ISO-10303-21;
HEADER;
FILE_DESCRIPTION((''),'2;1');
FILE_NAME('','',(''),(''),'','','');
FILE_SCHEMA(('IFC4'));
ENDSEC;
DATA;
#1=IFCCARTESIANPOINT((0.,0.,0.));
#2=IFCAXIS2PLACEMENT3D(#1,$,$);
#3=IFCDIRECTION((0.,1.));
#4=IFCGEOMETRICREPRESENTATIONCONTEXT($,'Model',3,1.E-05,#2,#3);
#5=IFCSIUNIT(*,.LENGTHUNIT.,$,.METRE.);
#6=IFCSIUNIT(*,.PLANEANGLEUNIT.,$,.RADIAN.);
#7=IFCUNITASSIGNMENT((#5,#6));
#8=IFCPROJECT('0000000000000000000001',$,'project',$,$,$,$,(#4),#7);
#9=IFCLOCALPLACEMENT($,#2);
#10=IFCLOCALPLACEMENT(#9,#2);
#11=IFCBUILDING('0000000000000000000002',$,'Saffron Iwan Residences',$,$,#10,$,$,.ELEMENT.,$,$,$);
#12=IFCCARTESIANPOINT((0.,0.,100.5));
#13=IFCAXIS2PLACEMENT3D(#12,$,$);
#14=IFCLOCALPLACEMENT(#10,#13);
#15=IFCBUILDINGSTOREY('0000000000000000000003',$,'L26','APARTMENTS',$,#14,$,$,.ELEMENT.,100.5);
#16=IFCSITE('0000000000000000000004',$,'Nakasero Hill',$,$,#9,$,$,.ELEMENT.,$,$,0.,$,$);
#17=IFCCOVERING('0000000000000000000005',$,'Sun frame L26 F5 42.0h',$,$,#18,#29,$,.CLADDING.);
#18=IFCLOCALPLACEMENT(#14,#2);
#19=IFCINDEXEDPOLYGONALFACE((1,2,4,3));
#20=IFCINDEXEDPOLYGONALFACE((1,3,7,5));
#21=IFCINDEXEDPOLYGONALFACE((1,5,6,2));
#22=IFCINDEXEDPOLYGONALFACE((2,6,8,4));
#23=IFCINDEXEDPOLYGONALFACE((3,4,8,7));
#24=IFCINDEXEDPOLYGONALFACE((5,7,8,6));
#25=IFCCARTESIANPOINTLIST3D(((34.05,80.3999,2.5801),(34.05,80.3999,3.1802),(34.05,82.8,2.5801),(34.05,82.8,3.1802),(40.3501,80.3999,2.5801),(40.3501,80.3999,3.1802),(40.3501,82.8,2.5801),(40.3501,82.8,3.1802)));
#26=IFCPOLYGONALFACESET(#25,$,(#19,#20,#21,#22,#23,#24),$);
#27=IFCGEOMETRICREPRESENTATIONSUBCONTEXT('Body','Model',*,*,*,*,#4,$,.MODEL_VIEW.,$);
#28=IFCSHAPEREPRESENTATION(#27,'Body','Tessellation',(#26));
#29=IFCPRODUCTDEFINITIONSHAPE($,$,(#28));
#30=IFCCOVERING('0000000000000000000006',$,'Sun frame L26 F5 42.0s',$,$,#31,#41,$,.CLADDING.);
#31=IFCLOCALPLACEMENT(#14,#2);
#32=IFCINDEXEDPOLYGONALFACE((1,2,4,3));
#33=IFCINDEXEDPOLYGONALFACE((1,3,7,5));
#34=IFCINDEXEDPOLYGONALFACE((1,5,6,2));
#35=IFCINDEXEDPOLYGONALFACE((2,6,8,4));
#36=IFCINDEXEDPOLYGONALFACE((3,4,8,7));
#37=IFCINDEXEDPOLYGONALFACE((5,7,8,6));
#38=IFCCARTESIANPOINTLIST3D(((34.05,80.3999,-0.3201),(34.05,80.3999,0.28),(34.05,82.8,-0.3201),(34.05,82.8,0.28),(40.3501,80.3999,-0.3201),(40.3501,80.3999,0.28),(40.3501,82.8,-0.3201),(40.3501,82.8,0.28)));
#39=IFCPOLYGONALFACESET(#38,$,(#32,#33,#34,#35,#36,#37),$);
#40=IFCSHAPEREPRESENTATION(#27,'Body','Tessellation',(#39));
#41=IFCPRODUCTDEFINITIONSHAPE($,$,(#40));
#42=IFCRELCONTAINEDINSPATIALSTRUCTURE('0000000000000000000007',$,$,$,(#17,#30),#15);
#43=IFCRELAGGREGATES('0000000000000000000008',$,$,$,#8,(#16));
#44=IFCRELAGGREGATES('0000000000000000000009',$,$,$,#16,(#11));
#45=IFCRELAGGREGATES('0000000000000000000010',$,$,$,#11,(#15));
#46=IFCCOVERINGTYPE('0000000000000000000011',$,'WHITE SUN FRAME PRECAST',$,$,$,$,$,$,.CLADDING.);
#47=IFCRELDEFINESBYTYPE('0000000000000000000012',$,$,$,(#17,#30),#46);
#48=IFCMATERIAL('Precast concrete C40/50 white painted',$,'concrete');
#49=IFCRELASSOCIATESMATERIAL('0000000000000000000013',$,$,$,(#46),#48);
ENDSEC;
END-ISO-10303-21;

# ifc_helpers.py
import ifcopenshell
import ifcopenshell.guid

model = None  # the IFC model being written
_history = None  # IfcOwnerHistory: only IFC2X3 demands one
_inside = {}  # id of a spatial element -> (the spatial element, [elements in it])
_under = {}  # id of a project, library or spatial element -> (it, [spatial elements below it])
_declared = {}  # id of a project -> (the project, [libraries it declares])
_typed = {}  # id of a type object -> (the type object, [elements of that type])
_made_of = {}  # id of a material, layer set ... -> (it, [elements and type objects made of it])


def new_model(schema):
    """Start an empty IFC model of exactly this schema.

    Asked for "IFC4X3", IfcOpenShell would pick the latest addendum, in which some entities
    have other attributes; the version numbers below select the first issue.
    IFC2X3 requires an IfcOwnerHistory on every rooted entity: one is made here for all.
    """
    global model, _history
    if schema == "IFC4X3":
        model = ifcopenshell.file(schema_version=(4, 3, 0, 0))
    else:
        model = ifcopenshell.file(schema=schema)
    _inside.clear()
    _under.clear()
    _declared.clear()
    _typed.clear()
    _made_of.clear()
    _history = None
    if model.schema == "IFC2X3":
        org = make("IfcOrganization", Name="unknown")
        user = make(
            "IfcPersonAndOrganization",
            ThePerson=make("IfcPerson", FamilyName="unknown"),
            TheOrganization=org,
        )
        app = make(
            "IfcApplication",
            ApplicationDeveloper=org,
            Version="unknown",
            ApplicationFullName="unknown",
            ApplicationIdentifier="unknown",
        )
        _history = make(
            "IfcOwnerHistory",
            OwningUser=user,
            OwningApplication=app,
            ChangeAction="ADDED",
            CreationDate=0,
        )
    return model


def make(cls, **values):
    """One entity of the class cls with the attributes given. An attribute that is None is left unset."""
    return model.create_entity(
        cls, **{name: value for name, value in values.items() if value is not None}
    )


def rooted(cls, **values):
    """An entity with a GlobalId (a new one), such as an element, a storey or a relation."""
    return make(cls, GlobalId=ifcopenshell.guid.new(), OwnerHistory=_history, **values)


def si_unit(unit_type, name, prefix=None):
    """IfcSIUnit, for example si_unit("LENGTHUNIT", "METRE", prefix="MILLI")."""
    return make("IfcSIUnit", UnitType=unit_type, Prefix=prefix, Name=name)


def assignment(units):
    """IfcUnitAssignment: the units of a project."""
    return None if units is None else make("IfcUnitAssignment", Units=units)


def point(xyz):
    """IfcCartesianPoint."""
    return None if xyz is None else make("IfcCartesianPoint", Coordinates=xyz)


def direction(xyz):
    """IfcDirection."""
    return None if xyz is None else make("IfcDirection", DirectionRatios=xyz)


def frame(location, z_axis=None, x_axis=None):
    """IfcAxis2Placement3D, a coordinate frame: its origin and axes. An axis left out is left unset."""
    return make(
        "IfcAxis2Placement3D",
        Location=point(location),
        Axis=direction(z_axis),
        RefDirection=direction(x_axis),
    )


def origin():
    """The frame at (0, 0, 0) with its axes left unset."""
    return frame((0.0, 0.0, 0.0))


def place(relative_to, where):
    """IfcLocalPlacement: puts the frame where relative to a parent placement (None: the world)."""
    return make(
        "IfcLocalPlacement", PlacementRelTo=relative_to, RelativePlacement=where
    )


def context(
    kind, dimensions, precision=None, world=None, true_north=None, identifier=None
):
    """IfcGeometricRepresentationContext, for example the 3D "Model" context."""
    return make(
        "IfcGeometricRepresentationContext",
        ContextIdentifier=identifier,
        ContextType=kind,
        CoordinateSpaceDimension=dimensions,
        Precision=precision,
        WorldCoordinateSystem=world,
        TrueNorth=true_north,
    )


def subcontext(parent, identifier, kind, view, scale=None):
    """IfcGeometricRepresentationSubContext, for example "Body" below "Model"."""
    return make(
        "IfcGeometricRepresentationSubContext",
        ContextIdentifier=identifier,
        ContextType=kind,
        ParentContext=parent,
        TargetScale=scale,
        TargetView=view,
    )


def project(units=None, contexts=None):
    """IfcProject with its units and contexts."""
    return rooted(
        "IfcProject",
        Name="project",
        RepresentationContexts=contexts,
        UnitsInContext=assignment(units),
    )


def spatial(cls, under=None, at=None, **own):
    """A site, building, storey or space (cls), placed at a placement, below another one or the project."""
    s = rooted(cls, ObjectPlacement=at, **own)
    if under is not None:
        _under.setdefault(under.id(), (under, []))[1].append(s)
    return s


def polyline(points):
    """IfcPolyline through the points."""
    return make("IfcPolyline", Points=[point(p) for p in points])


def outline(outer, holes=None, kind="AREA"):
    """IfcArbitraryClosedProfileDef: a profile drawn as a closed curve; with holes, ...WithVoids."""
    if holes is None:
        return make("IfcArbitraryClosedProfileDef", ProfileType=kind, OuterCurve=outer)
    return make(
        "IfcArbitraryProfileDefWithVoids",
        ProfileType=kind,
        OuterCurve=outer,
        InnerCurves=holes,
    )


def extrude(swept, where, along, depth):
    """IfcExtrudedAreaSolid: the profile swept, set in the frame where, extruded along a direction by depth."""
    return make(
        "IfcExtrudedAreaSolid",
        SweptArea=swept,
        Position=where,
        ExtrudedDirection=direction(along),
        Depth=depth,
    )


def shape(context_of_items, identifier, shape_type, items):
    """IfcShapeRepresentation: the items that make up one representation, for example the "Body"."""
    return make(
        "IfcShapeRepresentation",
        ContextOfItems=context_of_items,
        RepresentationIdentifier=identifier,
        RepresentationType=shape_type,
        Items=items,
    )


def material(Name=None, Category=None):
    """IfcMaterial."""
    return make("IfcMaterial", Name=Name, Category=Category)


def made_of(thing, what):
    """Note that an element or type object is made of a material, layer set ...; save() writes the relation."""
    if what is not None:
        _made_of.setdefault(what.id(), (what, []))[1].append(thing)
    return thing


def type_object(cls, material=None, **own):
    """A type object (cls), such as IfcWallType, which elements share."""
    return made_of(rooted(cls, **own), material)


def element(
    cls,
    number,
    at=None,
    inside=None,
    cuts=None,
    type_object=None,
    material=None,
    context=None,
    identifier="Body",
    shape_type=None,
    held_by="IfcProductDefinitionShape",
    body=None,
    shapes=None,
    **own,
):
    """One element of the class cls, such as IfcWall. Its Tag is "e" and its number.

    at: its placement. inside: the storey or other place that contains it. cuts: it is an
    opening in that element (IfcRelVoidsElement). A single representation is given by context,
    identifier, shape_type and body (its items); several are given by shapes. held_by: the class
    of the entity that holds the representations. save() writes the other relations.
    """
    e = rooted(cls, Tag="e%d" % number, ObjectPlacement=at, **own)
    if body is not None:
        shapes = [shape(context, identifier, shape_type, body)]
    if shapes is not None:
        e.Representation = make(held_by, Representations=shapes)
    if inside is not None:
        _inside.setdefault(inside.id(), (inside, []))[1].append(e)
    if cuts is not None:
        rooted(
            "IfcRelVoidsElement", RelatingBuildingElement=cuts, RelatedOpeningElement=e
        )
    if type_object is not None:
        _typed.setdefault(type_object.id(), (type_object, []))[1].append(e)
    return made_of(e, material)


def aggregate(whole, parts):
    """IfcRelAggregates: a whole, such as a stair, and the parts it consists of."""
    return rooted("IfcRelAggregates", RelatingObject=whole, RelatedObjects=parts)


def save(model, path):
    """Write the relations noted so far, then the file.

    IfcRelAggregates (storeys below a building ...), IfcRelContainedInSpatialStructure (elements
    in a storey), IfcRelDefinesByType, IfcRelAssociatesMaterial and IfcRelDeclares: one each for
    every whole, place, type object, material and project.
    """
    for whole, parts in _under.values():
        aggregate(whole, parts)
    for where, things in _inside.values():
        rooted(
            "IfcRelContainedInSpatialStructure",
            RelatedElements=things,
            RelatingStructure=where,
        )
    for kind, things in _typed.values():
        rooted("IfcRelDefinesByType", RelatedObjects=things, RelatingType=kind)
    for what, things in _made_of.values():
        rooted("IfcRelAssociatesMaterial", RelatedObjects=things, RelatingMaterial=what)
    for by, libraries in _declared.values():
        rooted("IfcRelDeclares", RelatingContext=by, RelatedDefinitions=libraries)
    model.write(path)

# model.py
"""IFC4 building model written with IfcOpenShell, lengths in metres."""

from ifc_helpers import new_model, si_unit, direction, frame, origin, place, context, subcontext, project, spatial, polyline, outline, extrude, material, type_object, element, save


model = new_model("IFC4")

# Units and contexts
model_context = context("Model", 3, precision=1e-05, world=origin(), true_north=direction((0.0, 1.0)))
body_context = subcontext(model_context, "Body", "Model", "MODEL_VIEW")
ifc_project = project(units=[si_unit("LENGTHUNIT", "METRE"), si_unit("PLANEANGLEUNIT", "RADIAN")], contexts=[model_context])

# Site, building, storey
site_placement = place(None, origin())
site = spatial("IfcSite", under=ifc_project, at=site_placement, Name="Nakasero Hill", CompositionType="ELEMENT", RefElevation=0.0)
building_placement = place(site_placement, origin())
building = spatial("IfcBuilding", under=site, at=building_placement, Name="Saffron Iwan Residences", CompositionType="ELEMENT")
storey_placement = place(building_placement, frame((0.0, 0.0, 100.5)))
storey = spatial("IfcBuildingStorey", under=building, at=storey_placement, Name="L26", Description="APARTMENTS", CompositionType="ELEMENT", Elevation=100.5)

# Coverings
ifc_material_1 = material(Name="Precast concrete C40/50 white painted", Category="concrete")
covering_type = type_object("IfcCoveringType", Name="WHITE SUN FRAME PRECAST", PredefinedType="CLADDING", material=ifc_material_1)
for number, where, z_axis, x_axis, name in (
    (1, (40.3501, 80.3999, 2.5801), (0.0, 1.0, 0.0), (-1.0, 0.0, 0.0), "Sun frame L26 F5 42.0h"),
    (2, (40.3501, 80.3999, -0.3201), (0.0, 1.0, 0.0), (-1.0, 0.0, 0.0), "Sun frame L26 F5 42.0s"),
):
    element("IfcCovering", number, at=place(storey_placement, frame(where, z_axis=z_axis, x_axis=x_axis)), inside=storey, type_object=covering_type, Name=name, PredefinedType="CLADDING", context=body_context, shape_type="SweptSolid", body=[
        extrude(outline(polyline([(0.0, 0.0), (6.3, 0.0), (6.3, 0.6001), (0.0, 0.6001), (0.0, 0.0)])), origin(), (0.0, 0.0, 1.0), 2.4001),
    ])

save(model, "model.ifc")
